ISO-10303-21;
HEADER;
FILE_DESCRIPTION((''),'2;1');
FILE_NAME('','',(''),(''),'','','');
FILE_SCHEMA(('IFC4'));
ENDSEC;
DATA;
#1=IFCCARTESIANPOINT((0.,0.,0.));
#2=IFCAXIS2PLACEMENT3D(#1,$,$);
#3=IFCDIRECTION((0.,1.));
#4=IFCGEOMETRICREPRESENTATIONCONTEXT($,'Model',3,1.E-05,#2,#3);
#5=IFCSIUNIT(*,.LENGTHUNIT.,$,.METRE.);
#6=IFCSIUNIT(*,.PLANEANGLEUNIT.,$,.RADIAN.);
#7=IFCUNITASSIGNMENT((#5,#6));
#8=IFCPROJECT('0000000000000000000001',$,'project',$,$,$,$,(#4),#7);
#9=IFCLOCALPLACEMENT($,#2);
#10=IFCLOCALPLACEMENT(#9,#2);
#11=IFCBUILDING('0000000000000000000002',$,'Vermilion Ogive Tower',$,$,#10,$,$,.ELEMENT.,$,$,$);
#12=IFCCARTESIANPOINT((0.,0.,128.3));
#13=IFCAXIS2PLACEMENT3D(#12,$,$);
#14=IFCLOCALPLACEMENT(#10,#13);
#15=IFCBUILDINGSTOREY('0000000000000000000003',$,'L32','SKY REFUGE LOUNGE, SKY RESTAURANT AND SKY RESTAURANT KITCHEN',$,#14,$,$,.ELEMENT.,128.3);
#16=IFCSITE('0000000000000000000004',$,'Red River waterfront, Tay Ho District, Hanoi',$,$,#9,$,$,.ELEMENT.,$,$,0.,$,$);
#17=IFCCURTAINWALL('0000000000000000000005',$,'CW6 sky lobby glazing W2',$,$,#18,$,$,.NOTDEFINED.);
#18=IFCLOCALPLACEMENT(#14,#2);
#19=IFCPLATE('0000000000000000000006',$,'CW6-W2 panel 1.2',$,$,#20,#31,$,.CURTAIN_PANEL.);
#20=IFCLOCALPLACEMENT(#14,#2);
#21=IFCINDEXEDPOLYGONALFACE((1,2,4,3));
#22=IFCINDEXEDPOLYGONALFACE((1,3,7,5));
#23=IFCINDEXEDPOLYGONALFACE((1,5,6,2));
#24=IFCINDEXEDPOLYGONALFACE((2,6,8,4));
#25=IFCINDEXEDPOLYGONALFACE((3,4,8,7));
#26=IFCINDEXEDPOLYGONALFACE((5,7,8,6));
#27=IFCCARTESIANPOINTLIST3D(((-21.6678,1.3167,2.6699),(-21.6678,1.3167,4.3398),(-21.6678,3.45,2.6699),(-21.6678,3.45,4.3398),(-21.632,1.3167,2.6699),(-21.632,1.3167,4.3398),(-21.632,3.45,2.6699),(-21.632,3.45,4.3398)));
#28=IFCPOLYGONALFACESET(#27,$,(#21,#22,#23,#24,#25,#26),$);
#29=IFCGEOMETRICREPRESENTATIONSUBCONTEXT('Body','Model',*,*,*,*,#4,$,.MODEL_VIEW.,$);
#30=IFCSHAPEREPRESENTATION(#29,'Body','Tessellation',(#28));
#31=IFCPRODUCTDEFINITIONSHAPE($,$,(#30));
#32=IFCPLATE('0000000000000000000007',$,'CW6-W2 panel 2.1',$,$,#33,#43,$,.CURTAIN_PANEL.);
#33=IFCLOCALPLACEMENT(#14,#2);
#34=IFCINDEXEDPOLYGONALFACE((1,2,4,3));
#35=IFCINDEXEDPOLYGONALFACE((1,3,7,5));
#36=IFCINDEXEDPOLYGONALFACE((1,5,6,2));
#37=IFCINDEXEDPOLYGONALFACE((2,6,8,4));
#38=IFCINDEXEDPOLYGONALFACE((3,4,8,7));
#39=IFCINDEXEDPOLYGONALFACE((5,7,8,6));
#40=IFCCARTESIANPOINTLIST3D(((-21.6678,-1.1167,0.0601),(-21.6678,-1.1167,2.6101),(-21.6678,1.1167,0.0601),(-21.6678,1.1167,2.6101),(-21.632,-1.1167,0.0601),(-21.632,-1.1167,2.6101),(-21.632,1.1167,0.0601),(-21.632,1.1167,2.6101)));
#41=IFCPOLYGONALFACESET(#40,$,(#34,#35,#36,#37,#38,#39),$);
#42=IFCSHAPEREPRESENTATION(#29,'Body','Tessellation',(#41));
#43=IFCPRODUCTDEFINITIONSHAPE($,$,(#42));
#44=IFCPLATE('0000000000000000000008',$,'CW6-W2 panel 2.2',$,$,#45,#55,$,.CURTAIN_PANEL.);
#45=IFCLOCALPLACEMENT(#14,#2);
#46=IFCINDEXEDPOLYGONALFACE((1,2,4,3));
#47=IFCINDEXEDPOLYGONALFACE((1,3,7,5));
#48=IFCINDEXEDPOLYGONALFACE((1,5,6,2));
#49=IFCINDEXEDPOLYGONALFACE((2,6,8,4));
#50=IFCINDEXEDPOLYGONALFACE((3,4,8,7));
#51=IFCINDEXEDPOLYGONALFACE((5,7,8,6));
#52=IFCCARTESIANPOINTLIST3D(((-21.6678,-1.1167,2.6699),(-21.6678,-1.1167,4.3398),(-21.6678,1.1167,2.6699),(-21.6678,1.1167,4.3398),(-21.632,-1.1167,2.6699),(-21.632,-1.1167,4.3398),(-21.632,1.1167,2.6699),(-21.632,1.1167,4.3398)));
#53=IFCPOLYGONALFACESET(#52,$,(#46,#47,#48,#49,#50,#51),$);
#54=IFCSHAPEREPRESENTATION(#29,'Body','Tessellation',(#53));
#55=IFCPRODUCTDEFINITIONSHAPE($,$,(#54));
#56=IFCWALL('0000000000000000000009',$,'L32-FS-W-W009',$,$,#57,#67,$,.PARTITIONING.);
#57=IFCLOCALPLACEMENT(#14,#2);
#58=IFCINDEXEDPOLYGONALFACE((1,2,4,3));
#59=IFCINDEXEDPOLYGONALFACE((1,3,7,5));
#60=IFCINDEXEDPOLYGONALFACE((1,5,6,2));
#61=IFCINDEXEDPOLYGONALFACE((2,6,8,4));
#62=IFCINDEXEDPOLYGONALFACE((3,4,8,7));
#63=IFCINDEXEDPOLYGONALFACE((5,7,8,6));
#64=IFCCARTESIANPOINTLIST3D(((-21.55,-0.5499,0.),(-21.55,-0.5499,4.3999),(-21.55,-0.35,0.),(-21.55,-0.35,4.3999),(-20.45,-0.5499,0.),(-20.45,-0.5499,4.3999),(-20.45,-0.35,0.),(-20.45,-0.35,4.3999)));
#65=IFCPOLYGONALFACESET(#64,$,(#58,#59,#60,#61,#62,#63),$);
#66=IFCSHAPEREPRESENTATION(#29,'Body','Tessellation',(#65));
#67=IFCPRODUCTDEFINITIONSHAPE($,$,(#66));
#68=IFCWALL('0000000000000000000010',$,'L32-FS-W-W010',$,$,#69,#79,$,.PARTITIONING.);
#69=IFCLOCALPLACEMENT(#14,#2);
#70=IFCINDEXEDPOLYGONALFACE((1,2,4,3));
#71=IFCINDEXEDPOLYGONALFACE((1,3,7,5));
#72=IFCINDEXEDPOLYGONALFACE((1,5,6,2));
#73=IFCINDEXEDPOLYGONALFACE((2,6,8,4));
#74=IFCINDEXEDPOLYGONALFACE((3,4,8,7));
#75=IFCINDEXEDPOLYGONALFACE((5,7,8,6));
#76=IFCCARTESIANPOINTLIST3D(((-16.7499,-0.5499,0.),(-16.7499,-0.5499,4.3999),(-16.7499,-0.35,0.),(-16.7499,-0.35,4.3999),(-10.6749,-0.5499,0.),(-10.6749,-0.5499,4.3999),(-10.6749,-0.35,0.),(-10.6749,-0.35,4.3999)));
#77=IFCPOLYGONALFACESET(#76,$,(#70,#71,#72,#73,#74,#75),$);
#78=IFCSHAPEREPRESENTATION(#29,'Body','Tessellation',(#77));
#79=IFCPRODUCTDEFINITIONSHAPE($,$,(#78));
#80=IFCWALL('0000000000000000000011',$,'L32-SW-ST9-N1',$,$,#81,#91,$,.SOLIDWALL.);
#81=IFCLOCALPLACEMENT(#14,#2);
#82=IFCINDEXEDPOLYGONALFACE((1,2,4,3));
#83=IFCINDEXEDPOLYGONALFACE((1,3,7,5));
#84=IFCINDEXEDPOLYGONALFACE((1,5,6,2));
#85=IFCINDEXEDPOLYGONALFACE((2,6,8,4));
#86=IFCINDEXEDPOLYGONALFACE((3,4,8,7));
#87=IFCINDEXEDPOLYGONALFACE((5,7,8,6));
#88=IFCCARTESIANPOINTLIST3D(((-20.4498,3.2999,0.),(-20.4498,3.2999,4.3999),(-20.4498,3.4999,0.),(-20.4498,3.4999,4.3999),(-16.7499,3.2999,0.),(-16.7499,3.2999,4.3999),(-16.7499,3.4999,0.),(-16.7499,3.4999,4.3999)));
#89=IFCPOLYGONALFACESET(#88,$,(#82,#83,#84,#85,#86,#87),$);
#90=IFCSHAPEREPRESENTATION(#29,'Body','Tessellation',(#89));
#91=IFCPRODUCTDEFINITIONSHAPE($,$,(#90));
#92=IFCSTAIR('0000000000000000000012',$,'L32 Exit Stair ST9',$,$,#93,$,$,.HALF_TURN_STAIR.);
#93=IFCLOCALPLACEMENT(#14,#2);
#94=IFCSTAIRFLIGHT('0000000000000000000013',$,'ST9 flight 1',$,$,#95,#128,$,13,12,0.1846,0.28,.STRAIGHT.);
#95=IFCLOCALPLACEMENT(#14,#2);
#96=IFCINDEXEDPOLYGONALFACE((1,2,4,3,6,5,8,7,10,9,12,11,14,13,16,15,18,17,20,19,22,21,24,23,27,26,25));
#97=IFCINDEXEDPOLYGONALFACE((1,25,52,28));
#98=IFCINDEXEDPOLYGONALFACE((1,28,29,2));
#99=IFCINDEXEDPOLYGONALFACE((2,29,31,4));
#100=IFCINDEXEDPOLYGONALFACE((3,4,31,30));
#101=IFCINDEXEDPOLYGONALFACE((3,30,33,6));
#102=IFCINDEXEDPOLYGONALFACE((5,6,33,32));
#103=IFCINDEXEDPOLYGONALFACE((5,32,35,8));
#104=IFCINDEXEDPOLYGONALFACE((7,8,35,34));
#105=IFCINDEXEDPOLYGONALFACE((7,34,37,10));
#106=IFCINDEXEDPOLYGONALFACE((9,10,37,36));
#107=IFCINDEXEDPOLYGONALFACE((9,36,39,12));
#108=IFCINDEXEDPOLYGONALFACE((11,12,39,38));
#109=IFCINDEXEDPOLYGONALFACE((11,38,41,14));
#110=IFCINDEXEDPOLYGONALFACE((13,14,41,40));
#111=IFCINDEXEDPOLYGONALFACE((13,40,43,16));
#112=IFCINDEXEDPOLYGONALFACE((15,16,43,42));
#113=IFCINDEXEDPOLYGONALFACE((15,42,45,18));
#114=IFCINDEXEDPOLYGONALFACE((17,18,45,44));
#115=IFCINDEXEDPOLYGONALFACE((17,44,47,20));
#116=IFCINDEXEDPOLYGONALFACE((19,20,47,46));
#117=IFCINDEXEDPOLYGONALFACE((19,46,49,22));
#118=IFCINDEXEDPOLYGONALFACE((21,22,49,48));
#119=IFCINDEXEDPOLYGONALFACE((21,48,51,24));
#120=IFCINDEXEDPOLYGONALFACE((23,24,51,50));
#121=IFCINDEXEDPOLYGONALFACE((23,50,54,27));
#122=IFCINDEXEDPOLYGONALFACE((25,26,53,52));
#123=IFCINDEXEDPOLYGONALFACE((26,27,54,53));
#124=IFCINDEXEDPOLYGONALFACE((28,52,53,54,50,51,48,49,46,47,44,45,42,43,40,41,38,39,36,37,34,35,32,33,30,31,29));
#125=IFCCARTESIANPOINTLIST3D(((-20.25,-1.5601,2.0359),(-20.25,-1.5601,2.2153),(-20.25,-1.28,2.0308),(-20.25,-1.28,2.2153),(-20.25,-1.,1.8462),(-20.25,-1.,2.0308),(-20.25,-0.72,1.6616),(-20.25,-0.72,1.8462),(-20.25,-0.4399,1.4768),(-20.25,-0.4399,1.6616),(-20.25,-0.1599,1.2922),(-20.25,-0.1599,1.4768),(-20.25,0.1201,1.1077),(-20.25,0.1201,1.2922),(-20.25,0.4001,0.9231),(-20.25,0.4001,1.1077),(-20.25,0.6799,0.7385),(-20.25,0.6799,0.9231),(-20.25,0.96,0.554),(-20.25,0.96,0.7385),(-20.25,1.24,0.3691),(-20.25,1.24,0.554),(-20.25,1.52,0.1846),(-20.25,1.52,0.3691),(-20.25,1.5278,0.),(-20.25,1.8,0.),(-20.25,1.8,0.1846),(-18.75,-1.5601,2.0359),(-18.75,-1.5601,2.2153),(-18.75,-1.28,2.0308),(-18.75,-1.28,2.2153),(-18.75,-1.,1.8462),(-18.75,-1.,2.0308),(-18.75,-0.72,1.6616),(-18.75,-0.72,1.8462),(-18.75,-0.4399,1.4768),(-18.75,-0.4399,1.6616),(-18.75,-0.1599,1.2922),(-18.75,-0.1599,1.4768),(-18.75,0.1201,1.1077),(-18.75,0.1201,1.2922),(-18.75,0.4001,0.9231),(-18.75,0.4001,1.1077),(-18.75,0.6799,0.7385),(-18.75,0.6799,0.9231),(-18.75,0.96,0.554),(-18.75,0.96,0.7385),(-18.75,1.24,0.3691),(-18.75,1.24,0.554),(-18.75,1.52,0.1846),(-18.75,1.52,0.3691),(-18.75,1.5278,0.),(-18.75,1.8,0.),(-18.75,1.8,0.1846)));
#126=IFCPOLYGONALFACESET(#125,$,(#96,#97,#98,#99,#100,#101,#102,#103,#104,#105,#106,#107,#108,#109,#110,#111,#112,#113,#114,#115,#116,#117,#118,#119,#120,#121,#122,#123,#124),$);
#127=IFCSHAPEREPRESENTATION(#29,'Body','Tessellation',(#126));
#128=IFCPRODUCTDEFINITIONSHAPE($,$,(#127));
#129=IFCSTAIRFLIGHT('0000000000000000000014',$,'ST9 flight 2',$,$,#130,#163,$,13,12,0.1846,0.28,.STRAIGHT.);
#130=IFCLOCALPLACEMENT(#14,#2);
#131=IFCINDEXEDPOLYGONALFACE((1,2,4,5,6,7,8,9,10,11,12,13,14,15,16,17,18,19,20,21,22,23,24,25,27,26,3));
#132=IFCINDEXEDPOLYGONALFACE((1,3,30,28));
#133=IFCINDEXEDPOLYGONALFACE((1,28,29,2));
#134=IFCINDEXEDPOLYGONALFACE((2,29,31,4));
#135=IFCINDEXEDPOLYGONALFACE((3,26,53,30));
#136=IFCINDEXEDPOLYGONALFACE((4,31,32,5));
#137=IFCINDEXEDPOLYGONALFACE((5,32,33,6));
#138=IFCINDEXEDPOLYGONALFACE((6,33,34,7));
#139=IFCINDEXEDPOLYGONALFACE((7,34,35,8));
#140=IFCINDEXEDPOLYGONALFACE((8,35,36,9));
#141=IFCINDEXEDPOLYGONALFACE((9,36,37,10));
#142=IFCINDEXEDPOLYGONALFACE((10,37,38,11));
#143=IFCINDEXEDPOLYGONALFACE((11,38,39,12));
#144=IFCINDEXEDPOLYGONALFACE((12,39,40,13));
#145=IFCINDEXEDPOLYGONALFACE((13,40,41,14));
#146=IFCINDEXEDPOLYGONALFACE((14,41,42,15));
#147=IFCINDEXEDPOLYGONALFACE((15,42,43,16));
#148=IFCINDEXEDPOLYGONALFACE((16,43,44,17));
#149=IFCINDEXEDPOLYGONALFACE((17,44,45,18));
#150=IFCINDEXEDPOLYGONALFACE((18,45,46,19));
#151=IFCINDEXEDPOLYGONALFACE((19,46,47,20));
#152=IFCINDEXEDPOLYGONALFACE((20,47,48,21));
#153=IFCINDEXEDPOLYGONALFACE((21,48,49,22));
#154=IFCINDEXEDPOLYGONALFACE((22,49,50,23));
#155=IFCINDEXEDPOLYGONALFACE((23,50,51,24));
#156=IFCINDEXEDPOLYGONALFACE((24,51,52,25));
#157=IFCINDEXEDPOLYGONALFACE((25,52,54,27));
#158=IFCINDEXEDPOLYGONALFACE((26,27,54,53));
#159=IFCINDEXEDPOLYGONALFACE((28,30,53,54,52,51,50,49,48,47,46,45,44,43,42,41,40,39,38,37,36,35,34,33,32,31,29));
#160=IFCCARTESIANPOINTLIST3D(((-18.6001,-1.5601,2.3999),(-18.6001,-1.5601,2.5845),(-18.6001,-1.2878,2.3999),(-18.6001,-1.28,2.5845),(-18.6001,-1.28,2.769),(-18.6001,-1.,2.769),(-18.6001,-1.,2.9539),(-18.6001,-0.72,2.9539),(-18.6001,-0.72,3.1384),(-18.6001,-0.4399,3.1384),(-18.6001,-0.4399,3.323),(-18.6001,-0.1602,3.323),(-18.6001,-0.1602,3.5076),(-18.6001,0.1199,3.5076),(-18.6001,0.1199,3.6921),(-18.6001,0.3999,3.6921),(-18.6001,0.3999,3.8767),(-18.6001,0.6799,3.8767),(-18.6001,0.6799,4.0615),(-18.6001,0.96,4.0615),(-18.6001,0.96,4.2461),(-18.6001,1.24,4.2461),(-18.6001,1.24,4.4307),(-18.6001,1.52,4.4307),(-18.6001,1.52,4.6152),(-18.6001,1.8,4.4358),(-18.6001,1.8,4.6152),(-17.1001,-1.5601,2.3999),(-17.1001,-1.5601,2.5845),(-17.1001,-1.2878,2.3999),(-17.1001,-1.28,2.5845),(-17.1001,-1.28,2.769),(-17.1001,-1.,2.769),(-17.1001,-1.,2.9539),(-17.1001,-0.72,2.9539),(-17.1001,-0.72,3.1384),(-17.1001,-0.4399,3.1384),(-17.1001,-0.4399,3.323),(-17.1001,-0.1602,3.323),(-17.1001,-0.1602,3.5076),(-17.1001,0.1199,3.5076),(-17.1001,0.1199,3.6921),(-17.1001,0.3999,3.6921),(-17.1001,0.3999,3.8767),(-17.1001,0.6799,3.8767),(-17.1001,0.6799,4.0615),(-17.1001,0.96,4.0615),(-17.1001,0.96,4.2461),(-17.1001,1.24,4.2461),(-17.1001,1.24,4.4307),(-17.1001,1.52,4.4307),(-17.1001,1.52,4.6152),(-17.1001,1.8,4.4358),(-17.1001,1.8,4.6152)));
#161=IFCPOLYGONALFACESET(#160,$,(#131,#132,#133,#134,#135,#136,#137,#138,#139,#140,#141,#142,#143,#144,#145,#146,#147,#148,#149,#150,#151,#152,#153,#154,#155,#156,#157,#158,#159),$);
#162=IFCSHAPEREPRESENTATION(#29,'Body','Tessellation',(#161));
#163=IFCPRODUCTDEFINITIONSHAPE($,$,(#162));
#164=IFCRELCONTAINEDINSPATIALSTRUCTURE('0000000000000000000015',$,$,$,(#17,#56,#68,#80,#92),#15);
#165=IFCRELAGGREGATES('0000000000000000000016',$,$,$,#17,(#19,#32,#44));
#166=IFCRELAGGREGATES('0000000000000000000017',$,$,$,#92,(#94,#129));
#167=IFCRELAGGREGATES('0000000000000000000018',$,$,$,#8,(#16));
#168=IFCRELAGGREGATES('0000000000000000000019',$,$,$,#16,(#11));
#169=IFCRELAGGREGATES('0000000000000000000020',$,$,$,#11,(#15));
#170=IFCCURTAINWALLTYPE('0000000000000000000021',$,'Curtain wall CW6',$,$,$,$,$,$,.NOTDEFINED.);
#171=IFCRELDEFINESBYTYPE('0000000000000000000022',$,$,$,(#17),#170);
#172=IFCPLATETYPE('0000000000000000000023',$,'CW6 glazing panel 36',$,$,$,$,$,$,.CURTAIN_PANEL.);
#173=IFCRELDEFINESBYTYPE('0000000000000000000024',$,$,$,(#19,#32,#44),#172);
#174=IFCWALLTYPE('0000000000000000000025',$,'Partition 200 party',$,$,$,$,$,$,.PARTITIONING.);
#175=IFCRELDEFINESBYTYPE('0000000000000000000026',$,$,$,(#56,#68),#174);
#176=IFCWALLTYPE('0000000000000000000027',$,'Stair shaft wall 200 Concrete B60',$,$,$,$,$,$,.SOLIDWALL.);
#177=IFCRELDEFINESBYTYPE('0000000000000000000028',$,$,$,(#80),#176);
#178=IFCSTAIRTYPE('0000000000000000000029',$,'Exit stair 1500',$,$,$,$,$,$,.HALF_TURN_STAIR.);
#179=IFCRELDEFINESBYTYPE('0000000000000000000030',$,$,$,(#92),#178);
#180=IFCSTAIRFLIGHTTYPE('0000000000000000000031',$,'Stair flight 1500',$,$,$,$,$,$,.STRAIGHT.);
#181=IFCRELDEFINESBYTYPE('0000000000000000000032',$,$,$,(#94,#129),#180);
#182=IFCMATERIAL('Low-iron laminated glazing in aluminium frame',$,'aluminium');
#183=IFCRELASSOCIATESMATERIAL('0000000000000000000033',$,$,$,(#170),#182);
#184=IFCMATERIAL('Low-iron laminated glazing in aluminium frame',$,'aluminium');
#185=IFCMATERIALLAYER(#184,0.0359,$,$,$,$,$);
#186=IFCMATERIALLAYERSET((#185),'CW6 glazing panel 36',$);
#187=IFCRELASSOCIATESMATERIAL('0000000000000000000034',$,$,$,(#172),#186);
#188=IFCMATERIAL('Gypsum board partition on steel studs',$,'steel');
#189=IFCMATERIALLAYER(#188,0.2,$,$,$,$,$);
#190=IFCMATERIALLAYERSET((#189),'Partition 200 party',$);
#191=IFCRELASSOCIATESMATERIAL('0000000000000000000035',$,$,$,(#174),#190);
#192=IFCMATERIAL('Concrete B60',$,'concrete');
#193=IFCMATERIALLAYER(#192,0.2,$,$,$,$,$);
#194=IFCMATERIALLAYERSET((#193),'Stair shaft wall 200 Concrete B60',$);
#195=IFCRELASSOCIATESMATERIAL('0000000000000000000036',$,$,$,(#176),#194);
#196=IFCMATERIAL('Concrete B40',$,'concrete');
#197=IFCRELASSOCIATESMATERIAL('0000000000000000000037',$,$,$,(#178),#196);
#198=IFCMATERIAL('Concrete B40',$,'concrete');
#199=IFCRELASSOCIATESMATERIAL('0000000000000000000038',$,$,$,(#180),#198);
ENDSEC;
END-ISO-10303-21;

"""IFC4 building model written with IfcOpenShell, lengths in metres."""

from ifc_helpers import new_model, si_unit, direction, frame, frame_2d, origin, origin_2d, place, context, subcontext, project, spatial, polyline, rectangle, outline, extrude, material, layer, layer_set, type_object, element, aggregate, save


model = new_model("IFC4")

# Units and contexts
model_context = context("Model", 3, precision=1e-05, world=origin(), true_north=direction((0.0, 1.0)))
body_context = subcontext(model_context, "Body", "Model", "MODEL_VIEW")
ifc_project = project(units=[si_unit("LENGTHUNIT", "METRE"), si_unit("PLANEANGLEUNIT", "RADIAN")], contexts=[model_context])

# Site, building, storey
site_placement = place(None, origin())
site = spatial("IfcSite", under=ifc_project, at=site_placement, Name="Red River waterfront, Tay Ho District, Hanoi", CompositionType="ELEMENT", RefElevation=0.0)
building_placement = place(site_placement, origin())
building = spatial("IfcBuilding", under=site, at=building_placement, Name="Vermilion Ogive Tower", CompositionType="ELEMENT")
storey_placement = place(building_placement, frame((0.0, 0.0, 128.3)))
storey = spatial("IfcBuildingStorey", under=building, at=storey_placement, Name="L32", Description="SKY REFUGE LOUNGE, SKY RESTAURANT AND SKY RESTAURANT KITCHEN", CompositionType="ELEMENT", Elevation=128.3)

# Curtain wall
ifc_material_1 = material(Name="Low-iron laminated glazing in aluminium frame", Category="aluminium")
curtain_wall_type = type_object("IfcCurtainWallType", Name="Curtain wall CW6", PredefinedType="NOTDEFINED", material=ifc_material_1)
curtain_wall_placement = place(storey_placement, origin())
curtain_wall = element("IfcCurtainWall", 1, at=curtain_wall_placement, inside=storey, type_object=curtain_wall_type, Name="CW6 sky lobby glazing W2", PredefinedType="NOTDEFINED")

# Plates
ifc_material_2 = material(Name="Low-iron laminated glazing in aluminium frame", Category="aluminium")
ifc_layer_1 = layer(ifc_material_2, 0.0359)
ifc_layer_set_1 = layer_set([ifc_layer_1], Name="CW6 glazing panel 36")
plate_type = type_object("IfcPlateType", Name="CW6 glazing panel 36", PredefinedType="CURTAIN_PANEL", material=ifc_layer_set_1)
plate_1_placement = place(storey_placement, frame((-21.6499, 2.3833, 2.6699), z_axis=(0.0, 0.0, 1.0), x_axis=(0.0, -1.0, 0.0)))
plate_1 = element("IfcPlate", 2, at=plate_1_placement, type_object=plate_type, Name="CW6-W2 panel 1.2", PredefinedType="CURTAIN_PANEL", context=body_context, shape_type="SweptSolid", body=[
    extrude(rectangle(XDim=2.1333, YDim=0.0359, at=origin_2d()), origin(), (0.0, 0.0, 1.0), 1.6699),
])
plate_2_placement = place(storey_placement, frame((-21.6499, 0.0, 0.0601), z_axis=(0.0, 0.0, 1.0), x_axis=(0.0, -1.0, 0.0)))
plate_2 = element("IfcPlate", 3, at=plate_2_placement, type_object=plate_type, Name="CW6-W2 panel 2.1", PredefinedType="CURTAIN_PANEL", context=body_context, shape_type="SweptSolid", body=[
    extrude(rectangle(XDim=2.2334, YDim=0.0359, at=origin_2d()), origin(), (0.0, 0.0, 1.0), 2.55),
])
plate_3_placement = place(storey_placement, frame((-21.6499, 0.0, 2.6699), z_axis=(0.0, 0.0, 1.0), x_axis=(0.0, -1.0, 0.0)))
plate_3 = element("IfcPlate", 4, at=plate_3_placement, type_object=plate_type, Name="CW6-W2 panel 2.2", PredefinedType="CURTAIN_PANEL", context=body_context, shape_type="SweptSolid", body=[
    extrude(rectangle(XDim=2.2334, YDim=0.0359, at=origin_2d()), origin(), (0.0, 0.0, 1.0), 1.6699),
])
aggregate(curtain_wall, [plate_1, plate_2, plate_3])

# Walls
ifc_material_3 = material(Name="Gypsum board partition on steel studs", Category="steel")
ifc_layer_2 = layer(ifc_material_3, 0.2)
ifc_layer_set_2 = layer_set([ifc_layer_2], Name="Partition 200 party")
wall_type_1 = type_object("IfcWallType", Name="Partition 200 party", PredefinedType="PARTITIONING", material=ifc_layer_set_2)
wall_1_placement = place(storey_placement, frame((-21.55, -0.45, 0.0), z_axis=(0.0, 0.0, 1.0), x_axis=(1.0, 0.0, 0.0)))
element("IfcWall", 5, at=wall_1_placement, inside=storey, type_object=wall_type_1, Name="L32-FS-W-W009", PredefinedType="PARTITIONING", context=body_context, shape_type="SweptSolid", body=[
    extrude(rectangle(XDim=1.1001, YDim=0.2, at=frame_2d((0.55, 0.0))), origin(), (0.0, 0.0, 1.0), 4.3999),
])
wall_2_placement = place(storey_placement, frame((-16.75, -0.45, 0.0), z_axis=(0.0, 0.0, 1.0), x_axis=(1.0, 0.0, 0.0)))
element("IfcWall", 6, at=wall_2_placement, inside=storey, type_object=wall_type_1, Name="L32-FS-W-W010", PredefinedType="PARTITIONING", context=body_context, shape_type="SweptSolid", body=[
    extrude(rectangle(XDim=6.075, YDim=0.2, at=frame_2d((3.0376, 0.0))), origin(), (0.0, 0.0, 1.0), 4.3999),
])
ifc_material_4 = material(Name="Concrete B60", Category="concrete")
ifc_layer_3 = layer(ifc_material_4, 0.2)
ifc_layer_set_3 = layer_set([ifc_layer_3], Name="Stair shaft wall 200 Concrete B60")
wall_type_2 = type_object("IfcWallType", Name="Stair shaft wall 200 Concrete B60", PredefinedType="SOLIDWALL", material=ifc_layer_set_3)
wall_3_placement = place(storey_placement, frame((-20.45, 3.3999, 0.0), z_axis=(0.0, 0.0, 1.0), x_axis=(1.0, 0.0, 0.0)))
element("IfcWall", 7, at=wall_3_placement, inside=storey, type_object=wall_type_2, Name="L32-SW-ST9-N1", PredefinedType="SOLIDWALL", context=body_context, shape_type="SweptSolid", body=[
    extrude(rectangle(XDim=3.7, YDim=0.2, at=frame_2d((1.8501, 0.0))), origin(), (0.0, 0.0, 1.0), 4.3999),
])

# Stair, stair flights
ifc_material_5 = material(Name="Concrete B40", Category="concrete")
stair_type = type_object("IfcStairType", Name="Exit stair 1500", PredefinedType="HALF_TURN_STAIR", material=ifc_material_5)
stair_placement = place(storey_placement, origin())
stair = element("IfcStair", 8, at=stair_placement, inside=storey, type_object=stair_type, Name="L32 Exit Stair ST9", PredefinedType="HALF_TURN_STAIR")
ifc_material_6 = material(Name="Concrete B40", Category="concrete")
stair_flight_type = type_object("IfcStairFlightType", Name="Stair flight 1500", PredefinedType="STRAIGHT", material=ifc_material_6)
stair_flight_1_placement = place(storey_placement, frame((-19.5, 1.8, 0.0), z_axis=(0.0, 0.0, 1.0), x_axis=(0.0, -1.0, 0.0)))
stair_flight_1 = element("IfcStairFlight", 9, at=stair_flight_1_placement, type_object=stair_flight_type, Name="ST9 flight 1", NumberOfRisers=13, NumberOfTreads=12, PredefinedType="STRAIGHT", RiserHeight=0.1846, TreadLength=0.28, context=body_context, shape_type="SweptSolid", body=[
    extrude(outline(polyline([(0.0, 0.0), (0.0, 0.1846), (0.28, 0.1846), (0.28, 0.3691), (0.5601, 0.3691), (0.5601, 0.554), (0.8401, 0.554), (0.8401, 0.7385), (1.1201, 0.7385), (1.1201, 0.9231), (1.3999, 0.9231), (1.3999, 1.1077), (1.6799, 1.1077), (1.6799, 1.2922), (1.96, 1.2922), (1.96, 1.4768), (2.24, 1.4768), (2.24, 1.6616), (2.52, 1.6616), (2.52, 1.8462), (2.8, 1.8462), (2.8, 2.0308), (3.0801, 2.0308), (3.0801, 2.2153), (3.3601, 2.2153), (3.3601, 2.3999), (3.3601, 2.0359), (0.2722, 0.0), (0.0, 0.0)])), frame((0.0, 0.75, 0.0), z_axis=(0.0, -1.0, 0.0), x_axis=(1.0, 0.0, 0.0)), (0.0, 0.0, 1.0), 1.5),
])
stair_flight_2_placement = place(storey_placement, frame((-17.8501, -1.5601, 2.3999), z_axis=(0.0, 0.0, 1.0), x_axis=(0.0, 1.0, 0.0)))
stair_flight_2 = element("IfcStairFlight", 10, at=stair_flight_2_placement, type_object=stair_flight_type, Name="ST9 flight 2", NumberOfRisers=13, NumberOfTreads=12, PredefinedType="STRAIGHT", RiserHeight=0.1846, TreadLength=0.28, context=body_context, shape_type="SweptSolid", body=[
    extrude(outline(polyline([(0.0, 0.0), (0.0, 0.1846), (0.28, 0.1846), (0.28, 0.3691), (0.5601, 0.3691), (0.5601, 0.554), (0.8401, 0.554), (0.8401, 0.7385), (1.1201, 0.7385), (1.1201, 0.9231), (1.3999, 0.9231), (1.3999, 1.1077), (1.6799, 1.1077), (1.6799, 1.2922), (1.96, 1.2922), (1.96, 1.4768), (2.24, 1.4768), (2.24, 1.6616), (2.52, 1.6616), (2.52, 1.8462), (2.8, 1.8462), (2.8, 2.0308), (3.0801, 2.0308), (3.0801, 2.2153), (3.3601, 2.2153), (3.3601, 2.3999), (3.3601, 2.0359), (0.2722, 0.0), (0.0, 0.0)])), frame((0.0, 0.75, 0.0), z_axis=(0.0, -1.0, 0.0), x_axis=(1.0, 0.0, 0.0)), (0.0, 0.0, 1.0), 1.5),
])
aggregate(stair, [stair_flight_1, stair_flight_2])

save(model, "model.ifc")
